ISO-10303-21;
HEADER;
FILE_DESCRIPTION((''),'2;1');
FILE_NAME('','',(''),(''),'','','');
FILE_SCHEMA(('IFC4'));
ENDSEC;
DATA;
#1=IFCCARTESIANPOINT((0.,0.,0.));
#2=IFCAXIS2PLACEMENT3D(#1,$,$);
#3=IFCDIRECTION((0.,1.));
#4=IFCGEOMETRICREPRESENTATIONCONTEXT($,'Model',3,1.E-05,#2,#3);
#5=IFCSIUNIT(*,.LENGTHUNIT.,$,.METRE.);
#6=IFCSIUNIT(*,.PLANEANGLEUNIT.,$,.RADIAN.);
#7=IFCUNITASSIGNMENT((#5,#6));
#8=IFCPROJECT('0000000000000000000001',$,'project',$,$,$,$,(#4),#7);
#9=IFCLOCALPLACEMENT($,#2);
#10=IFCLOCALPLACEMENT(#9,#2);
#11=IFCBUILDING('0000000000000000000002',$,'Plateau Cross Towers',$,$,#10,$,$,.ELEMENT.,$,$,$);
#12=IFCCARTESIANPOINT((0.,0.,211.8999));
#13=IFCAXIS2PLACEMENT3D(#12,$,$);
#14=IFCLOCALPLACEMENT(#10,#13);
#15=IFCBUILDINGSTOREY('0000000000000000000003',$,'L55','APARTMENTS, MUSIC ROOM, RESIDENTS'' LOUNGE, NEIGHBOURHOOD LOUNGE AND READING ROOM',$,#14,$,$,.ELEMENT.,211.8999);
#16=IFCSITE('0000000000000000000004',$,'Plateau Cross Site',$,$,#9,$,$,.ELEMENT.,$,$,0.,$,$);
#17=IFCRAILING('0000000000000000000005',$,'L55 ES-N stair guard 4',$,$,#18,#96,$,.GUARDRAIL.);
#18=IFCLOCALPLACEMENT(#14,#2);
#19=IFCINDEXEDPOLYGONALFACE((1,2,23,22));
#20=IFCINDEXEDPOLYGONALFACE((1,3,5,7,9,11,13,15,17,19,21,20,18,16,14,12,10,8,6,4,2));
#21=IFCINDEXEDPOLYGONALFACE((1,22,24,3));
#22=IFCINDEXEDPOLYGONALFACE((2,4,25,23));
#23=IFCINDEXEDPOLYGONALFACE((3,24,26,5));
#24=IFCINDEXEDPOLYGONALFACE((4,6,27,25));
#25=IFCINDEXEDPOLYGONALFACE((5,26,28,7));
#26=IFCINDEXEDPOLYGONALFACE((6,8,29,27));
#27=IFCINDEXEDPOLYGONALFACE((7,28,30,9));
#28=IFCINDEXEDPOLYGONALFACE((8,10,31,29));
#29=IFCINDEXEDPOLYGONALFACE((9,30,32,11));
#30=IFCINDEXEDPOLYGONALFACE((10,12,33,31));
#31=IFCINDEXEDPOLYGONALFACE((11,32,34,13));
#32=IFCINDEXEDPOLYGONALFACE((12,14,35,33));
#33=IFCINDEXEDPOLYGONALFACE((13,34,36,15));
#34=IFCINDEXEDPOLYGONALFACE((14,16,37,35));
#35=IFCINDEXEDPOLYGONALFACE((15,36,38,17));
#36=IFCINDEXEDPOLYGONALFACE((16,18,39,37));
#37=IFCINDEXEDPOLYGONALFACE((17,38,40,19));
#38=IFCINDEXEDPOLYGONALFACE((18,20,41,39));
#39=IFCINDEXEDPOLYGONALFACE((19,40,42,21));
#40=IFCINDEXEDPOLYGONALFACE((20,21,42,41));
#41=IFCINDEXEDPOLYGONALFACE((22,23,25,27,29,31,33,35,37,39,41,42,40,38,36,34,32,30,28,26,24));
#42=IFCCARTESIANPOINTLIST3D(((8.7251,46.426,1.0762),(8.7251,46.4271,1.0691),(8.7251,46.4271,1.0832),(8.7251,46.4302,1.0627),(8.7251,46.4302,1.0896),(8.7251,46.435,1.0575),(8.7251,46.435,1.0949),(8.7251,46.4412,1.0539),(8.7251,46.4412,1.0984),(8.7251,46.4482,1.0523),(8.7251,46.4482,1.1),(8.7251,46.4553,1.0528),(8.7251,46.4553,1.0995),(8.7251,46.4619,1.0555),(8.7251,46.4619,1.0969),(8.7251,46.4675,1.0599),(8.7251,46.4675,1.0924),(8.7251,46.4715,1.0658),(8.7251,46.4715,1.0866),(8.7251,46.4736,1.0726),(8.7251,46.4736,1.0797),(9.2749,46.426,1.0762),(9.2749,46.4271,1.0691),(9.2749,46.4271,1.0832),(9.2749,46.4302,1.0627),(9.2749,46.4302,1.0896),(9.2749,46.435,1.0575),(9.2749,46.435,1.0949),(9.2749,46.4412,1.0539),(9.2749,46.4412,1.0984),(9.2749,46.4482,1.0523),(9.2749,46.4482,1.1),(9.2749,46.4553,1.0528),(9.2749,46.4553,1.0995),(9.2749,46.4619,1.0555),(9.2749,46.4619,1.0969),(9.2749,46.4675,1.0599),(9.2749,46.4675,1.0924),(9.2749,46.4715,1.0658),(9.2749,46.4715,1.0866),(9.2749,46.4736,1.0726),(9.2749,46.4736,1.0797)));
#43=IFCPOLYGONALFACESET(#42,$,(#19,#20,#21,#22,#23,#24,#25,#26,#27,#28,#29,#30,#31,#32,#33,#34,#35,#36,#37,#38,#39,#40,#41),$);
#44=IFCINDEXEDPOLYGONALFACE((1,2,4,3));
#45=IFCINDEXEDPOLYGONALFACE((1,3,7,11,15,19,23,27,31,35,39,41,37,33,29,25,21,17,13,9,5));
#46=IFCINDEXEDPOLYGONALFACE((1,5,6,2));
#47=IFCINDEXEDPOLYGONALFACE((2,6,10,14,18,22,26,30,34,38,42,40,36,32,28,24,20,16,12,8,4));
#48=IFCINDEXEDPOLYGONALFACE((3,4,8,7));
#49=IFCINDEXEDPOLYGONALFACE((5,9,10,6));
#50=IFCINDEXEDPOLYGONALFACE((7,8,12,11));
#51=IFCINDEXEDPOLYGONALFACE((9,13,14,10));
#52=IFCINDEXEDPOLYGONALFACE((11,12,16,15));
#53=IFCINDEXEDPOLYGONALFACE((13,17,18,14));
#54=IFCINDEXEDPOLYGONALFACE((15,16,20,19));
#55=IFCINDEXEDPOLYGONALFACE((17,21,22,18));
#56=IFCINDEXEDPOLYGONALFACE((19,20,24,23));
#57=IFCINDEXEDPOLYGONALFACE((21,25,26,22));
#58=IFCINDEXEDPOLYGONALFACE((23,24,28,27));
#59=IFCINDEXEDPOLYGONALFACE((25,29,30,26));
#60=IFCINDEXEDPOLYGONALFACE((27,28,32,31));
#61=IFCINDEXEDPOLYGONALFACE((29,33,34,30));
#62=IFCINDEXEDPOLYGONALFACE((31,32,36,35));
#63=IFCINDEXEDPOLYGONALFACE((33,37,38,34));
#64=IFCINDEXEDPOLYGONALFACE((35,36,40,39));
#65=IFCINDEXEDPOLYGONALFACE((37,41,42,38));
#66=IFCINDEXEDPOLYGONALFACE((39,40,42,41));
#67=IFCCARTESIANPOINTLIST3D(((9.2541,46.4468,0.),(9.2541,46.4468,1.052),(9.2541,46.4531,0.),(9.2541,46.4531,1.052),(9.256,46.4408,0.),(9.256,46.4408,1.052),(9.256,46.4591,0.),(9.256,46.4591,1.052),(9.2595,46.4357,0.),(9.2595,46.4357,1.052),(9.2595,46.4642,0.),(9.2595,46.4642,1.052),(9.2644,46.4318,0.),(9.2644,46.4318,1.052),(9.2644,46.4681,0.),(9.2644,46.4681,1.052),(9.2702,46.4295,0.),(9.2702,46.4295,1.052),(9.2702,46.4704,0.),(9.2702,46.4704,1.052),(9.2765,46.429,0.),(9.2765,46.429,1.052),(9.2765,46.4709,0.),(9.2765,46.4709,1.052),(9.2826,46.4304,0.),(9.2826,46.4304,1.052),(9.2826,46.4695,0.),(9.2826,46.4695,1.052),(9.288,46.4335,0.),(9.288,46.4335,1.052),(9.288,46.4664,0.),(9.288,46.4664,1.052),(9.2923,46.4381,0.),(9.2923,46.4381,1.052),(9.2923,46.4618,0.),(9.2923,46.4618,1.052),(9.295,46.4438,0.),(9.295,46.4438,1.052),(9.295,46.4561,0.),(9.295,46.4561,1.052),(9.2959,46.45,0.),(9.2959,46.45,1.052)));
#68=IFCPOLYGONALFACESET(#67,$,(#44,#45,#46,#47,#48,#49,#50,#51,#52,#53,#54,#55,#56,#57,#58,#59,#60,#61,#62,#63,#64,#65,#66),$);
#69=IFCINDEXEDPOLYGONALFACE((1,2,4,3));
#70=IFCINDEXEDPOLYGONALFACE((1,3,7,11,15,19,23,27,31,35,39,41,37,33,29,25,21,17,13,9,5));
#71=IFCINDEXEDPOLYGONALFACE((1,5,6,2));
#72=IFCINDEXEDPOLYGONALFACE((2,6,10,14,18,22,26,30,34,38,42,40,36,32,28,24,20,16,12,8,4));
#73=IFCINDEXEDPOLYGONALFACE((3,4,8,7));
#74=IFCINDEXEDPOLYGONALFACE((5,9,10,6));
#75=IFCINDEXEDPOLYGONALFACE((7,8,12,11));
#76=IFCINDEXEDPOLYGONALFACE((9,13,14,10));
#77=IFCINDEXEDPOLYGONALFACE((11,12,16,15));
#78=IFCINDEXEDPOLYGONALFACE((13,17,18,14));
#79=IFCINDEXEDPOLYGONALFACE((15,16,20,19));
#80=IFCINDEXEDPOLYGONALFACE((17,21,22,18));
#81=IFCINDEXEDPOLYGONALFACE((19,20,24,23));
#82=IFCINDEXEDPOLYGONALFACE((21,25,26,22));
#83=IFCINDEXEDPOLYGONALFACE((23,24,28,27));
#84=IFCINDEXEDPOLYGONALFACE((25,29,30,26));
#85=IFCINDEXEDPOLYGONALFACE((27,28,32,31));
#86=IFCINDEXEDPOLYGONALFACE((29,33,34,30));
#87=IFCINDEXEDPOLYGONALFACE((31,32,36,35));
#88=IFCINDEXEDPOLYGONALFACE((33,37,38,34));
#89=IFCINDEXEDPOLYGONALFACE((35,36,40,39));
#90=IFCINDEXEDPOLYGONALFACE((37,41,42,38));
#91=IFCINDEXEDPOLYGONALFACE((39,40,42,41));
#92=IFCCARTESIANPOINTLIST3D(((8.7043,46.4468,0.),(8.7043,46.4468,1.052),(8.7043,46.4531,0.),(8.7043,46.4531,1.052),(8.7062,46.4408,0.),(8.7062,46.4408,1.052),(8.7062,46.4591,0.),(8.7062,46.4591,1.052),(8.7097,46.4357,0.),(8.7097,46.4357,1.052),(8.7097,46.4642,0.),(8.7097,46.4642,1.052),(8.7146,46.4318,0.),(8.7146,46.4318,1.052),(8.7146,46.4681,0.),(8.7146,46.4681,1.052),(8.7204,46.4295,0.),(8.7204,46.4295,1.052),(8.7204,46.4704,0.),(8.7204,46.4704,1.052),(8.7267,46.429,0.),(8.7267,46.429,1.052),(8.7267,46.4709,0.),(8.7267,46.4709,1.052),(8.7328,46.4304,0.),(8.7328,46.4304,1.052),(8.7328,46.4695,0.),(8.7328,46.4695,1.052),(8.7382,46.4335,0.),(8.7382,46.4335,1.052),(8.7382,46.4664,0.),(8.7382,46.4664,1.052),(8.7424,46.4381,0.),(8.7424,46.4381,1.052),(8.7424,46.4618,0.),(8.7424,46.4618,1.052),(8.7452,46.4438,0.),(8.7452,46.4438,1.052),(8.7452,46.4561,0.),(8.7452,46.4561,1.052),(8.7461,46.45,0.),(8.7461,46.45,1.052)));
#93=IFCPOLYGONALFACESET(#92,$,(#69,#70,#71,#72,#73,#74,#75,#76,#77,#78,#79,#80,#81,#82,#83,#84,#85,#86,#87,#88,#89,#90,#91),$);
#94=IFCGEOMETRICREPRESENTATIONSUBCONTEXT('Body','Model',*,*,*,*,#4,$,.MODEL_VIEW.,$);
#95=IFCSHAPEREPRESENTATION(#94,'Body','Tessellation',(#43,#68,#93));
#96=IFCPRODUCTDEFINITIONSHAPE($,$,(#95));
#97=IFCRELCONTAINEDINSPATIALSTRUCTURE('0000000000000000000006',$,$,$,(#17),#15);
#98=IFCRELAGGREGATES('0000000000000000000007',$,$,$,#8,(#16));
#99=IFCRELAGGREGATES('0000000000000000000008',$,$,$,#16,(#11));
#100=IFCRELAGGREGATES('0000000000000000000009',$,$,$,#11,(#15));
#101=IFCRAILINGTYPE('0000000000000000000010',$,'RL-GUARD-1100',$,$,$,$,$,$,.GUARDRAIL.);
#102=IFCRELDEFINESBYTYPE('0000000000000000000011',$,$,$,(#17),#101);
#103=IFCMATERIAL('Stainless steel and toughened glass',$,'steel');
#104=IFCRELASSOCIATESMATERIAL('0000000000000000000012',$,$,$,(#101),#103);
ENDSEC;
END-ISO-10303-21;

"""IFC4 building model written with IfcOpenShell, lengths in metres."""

from ifc_helpers import new_model, si_unit, direction, frame, origin, origin_2d, place, context, subcontext, project, spatial, circle, extrude, material, type_object, element, save


model = new_model("IFC4")

# Units and contexts
model_context = context("Model", 3, precision=1e-05, world=origin(), true_north=direction((0.0, 1.0)))
body_context = subcontext(model_context, "Body", "Model", "MODEL_VIEW")
ifc_project = project(units=[si_unit("LENGTHUNIT", "METRE"), si_unit("PLANEANGLEUNIT", "RADIAN")], contexts=[model_context])

# Site, building, storey
site_placement = place(None, origin())
site = spatial("IfcSite", under=ifc_project, at=site_placement, Name="Plateau Cross Site", CompositionType="ELEMENT", RefElevation=0.0)
building_placement = place(site_placement, origin())
building = spatial("IfcBuilding", under=site, at=building_placement, Name="Plateau Cross Towers", CompositionType="ELEMENT")
storey_placement = place(building_placement, frame((0.0, 0.0, 211.8999)))
storey = spatial("IfcBuildingStorey", under=building, at=storey_placement, Name="L55", Description="APARTMENTS, MUSIC ROOM, RESIDENTS' LOUNGE, NEIGHBOURHOOD LOUNGE AND READING ROOM", CompositionType="ELEMENT", Elevation=211.8999)

# Railing
ifc_material_1 = material(Name="Stainless steel and toughened glass", Category="steel")
railing_type_1 = type_object("IfcRailingType", Name="RL-GUARD-1100", PredefinedType="GUARDRAIL", material=ifc_material_1)
railing_1_placement = place(storey_placement, frame((9.2749, 46.45, 0.0)))
element("IfcRailing", 1, at=railing_1_placement, inside=storey, type_object=railing_type_1, Name="L55 ES-N stair guard 4", PredefinedType="GUARDRAIL", context=body_context, shape_type="SweptSolid", body=[
    extrude(circle(Radius=0.0239, at=origin_2d()), frame((0.0, 0.0, 1.0762), z_axis=(-1.0, 0.0, 0.0), x_axis=(0.0, -1.0, 0.0)), (0.0, 0.0, 1.0), 0.5498),
    extrude(circle(Radius=0.021, at=origin_2d()), origin(), (0.0, 0.0, 1.0), 1.052),
    extrude(circle(Radius=0.021, at=origin_2d()), frame((-0.5498, 0.0, 0.0)), (0.0, 0.0, 1.0), 1.052),
])

save(model, "model.ifc")
